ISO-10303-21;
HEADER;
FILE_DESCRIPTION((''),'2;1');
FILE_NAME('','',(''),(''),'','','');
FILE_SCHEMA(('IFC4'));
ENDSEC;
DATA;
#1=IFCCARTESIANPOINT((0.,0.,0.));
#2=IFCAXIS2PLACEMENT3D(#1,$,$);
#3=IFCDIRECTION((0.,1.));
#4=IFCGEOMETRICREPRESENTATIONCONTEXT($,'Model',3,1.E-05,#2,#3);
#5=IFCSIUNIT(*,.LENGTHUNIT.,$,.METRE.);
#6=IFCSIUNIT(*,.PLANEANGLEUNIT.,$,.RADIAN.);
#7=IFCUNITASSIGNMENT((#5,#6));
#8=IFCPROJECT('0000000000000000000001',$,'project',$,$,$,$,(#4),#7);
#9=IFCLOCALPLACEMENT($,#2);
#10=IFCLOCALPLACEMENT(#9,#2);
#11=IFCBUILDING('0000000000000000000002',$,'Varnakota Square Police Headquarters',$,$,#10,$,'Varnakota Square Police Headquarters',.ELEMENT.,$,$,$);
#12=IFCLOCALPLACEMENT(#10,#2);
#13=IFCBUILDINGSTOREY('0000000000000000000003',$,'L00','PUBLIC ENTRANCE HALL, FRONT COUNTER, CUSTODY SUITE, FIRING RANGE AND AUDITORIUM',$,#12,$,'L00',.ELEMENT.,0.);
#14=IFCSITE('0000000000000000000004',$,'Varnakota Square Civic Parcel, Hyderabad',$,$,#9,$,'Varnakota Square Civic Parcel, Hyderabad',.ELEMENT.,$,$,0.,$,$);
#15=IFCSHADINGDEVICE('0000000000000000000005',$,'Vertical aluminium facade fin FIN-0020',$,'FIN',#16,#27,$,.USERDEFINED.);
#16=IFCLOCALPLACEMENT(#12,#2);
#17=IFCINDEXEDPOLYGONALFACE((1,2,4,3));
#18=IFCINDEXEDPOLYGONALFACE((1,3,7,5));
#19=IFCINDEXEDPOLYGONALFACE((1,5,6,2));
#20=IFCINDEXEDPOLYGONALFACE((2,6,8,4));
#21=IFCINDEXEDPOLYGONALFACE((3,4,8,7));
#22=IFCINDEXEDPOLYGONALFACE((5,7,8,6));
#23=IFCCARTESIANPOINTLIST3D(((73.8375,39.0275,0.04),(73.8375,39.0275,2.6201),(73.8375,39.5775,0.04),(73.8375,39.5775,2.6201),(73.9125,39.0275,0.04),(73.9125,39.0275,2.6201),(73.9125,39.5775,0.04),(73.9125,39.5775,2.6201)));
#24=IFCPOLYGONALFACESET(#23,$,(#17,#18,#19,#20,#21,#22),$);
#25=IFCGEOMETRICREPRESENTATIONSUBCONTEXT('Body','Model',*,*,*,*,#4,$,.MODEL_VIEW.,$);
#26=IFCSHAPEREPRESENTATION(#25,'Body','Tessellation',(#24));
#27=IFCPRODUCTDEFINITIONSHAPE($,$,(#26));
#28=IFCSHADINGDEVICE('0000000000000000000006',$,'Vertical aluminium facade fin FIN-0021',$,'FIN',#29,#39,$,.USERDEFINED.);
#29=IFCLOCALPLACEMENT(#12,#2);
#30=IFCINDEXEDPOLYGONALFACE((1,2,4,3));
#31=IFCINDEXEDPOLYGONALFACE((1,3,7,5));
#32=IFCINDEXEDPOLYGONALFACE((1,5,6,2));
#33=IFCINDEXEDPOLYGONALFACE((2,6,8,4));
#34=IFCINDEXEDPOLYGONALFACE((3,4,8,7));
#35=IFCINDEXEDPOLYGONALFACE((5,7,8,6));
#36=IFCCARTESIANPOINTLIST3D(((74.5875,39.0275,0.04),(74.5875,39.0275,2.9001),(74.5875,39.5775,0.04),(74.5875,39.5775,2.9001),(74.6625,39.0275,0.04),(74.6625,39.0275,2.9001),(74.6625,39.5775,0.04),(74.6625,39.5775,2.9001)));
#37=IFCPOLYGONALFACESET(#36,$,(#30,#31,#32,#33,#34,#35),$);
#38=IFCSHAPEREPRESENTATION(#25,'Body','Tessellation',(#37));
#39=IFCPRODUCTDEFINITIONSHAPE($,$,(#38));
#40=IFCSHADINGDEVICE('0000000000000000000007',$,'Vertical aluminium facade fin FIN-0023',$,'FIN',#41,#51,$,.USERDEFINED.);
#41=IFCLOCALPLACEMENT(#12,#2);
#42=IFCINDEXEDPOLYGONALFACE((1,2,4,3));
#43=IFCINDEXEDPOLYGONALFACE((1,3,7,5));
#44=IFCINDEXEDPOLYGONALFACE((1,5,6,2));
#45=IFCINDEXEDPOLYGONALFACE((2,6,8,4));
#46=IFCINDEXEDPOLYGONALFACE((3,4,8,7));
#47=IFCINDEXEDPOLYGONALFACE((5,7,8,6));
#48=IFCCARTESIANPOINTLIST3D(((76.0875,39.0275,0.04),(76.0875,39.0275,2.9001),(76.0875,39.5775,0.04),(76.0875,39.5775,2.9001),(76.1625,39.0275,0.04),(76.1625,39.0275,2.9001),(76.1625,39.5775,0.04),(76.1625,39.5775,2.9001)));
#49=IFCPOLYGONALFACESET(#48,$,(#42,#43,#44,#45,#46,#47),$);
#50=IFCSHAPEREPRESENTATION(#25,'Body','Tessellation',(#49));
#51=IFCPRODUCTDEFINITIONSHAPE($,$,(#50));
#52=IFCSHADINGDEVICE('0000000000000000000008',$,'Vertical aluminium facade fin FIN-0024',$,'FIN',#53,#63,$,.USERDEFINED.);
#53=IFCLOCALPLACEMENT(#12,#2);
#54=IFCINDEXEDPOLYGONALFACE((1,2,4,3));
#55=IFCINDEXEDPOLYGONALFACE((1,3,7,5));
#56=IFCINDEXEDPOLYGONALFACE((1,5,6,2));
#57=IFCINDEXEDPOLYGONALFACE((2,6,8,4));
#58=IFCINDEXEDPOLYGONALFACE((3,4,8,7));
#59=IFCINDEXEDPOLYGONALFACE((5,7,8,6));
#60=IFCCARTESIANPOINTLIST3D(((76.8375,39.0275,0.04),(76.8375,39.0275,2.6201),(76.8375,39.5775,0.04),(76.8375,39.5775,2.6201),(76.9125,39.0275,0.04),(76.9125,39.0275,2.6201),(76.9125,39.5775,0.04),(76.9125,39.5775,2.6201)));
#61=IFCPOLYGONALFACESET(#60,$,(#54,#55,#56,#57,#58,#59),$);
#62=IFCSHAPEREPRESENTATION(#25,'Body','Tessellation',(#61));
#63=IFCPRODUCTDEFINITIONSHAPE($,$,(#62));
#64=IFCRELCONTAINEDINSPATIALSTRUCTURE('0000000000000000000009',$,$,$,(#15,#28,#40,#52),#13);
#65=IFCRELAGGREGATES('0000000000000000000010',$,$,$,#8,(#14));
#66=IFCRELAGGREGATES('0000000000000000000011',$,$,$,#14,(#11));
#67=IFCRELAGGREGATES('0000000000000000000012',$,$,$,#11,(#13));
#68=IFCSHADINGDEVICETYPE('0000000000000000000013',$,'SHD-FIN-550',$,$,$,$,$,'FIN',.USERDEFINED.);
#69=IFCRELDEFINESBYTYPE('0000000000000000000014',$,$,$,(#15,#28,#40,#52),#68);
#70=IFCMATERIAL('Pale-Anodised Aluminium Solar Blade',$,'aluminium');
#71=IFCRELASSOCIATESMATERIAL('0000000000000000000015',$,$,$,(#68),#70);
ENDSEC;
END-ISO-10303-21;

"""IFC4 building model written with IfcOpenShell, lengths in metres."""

from ifc_helpers import new_model, si_unit, direction, frame, origin, origin_2d, place, context, subcontext, project, spatial, rectangle, extrude, material, type_object, element, save


model = new_model("IFC4")

# Units and contexts
model_context = context("Model", 3, precision=1e-05, world=origin(), true_north=direction((0.0, 1.0)))
body_context = subcontext(model_context, "Body", "Model", "MODEL_VIEW")
ifc_project = project(units=[si_unit("LENGTHUNIT", "METRE"), si_unit("PLANEANGLEUNIT", "RADIAN")], contexts=[model_context])

# Site, building, storey
site_placement = place(None, origin())
site = spatial("IfcSite", under=ifc_project, at=site_placement, Name="Varnakota Square Civic Parcel, Hyderabad", LongName="Varnakota Square Civic Parcel, Hyderabad", CompositionType="ELEMENT", RefElevation=0.0)
building_placement = place(site_placement, origin())
building = spatial("IfcBuilding", under=site, at=building_placement, Name="Varnakota Square Police Headquarters", LongName="Varnakota Square Police Headquarters", CompositionType="ELEMENT")
storey_placement = place(building_placement, origin())
storey = spatial("IfcBuildingStorey", under=building, at=storey_placement, Name="L00", Description="PUBLIC ENTRANCE HALL, FRONT COUNTER, CUSTODY SUITE, FIRING RANGE AND AUDITORIUM", LongName="L00", CompositionType="ELEMENT", Elevation=0.0)

# Shading devices
ifc_material_1 = material(Name="Pale-Anodised Aluminium Solar Blade", Category="aluminium")
shading_device_type = type_object("IfcShadingDeviceType", Name="SHD-FIN-550", ElementType="FIN", PredefinedType="USERDEFINED", material=ifc_material_1)
shading_device_1_placement = place(storey_placement, frame((73.875, 39.3025, 0.04), z_axis=(0.0, 0.0, 1.0), x_axis=(1.0, 0.0, 0.0)))
element("IfcShadingDevice", 1, at=shading_device_1_placement, inside=storey, type_object=shading_device_type, Name="Vertical aluminium facade fin FIN-0020", ObjectType="FIN", PredefinedType="USERDEFINED", context=body_context, shape_type="SweptSolid", body=[
    extrude(rectangle(XDim=0.075, YDim=0.55, at=origin_2d()), origin(), (0.0, 0.0, 1.0), 2.5801),
])
for number, where, z_axis, x_axis, name in (
    (2, (74.625, 39.3025, 0.04), (0.0, 0.0, 1.0), (1.0, 0.0, 0.0), "Vertical aluminium facade fin FIN-0021"),
    (3, (76.125, 39.3025, 0.04), (0.0, 0.0, 1.0), (1.0, 0.0, 0.0), "Vertical aluminium facade fin FIN-0023"),
):
    element("IfcShadingDevice", number, at=place(storey_placement, frame(where, z_axis=z_axis, x_axis=x_axis)), inside=storey, type_object=shading_device_type, Name=name, ObjectType="FIN", PredefinedType="USERDEFINED", context=body_context, shape_type="SweptSolid", body=[
        extrude(rectangle(XDim=0.075, YDim=0.55, at=origin_2d()), origin(), (0.0, 0.0, 1.0), 2.8601),
    ])
shading_device_2_placement = place(storey_placement, frame((76.875, 39.3025, 0.04), z_axis=(0.0, 0.0, 1.0), x_axis=(1.0, 0.0, 0.0)))
element("IfcShadingDevice", 4, at=shading_device_2_placement, inside=storey, type_object=shading_device_type, Name="Vertical aluminium facade fin FIN-0024", ObjectType="FIN", PredefinedType="USERDEFINED", context=body_context, shape_type="SweptSolid", body=[
    extrude(rectangle(XDim=0.075, YDim=0.55, at=origin_2d()), origin(), (0.0, 0.0, 1.0), 2.5801),
])

save(model, "model.ifc")
